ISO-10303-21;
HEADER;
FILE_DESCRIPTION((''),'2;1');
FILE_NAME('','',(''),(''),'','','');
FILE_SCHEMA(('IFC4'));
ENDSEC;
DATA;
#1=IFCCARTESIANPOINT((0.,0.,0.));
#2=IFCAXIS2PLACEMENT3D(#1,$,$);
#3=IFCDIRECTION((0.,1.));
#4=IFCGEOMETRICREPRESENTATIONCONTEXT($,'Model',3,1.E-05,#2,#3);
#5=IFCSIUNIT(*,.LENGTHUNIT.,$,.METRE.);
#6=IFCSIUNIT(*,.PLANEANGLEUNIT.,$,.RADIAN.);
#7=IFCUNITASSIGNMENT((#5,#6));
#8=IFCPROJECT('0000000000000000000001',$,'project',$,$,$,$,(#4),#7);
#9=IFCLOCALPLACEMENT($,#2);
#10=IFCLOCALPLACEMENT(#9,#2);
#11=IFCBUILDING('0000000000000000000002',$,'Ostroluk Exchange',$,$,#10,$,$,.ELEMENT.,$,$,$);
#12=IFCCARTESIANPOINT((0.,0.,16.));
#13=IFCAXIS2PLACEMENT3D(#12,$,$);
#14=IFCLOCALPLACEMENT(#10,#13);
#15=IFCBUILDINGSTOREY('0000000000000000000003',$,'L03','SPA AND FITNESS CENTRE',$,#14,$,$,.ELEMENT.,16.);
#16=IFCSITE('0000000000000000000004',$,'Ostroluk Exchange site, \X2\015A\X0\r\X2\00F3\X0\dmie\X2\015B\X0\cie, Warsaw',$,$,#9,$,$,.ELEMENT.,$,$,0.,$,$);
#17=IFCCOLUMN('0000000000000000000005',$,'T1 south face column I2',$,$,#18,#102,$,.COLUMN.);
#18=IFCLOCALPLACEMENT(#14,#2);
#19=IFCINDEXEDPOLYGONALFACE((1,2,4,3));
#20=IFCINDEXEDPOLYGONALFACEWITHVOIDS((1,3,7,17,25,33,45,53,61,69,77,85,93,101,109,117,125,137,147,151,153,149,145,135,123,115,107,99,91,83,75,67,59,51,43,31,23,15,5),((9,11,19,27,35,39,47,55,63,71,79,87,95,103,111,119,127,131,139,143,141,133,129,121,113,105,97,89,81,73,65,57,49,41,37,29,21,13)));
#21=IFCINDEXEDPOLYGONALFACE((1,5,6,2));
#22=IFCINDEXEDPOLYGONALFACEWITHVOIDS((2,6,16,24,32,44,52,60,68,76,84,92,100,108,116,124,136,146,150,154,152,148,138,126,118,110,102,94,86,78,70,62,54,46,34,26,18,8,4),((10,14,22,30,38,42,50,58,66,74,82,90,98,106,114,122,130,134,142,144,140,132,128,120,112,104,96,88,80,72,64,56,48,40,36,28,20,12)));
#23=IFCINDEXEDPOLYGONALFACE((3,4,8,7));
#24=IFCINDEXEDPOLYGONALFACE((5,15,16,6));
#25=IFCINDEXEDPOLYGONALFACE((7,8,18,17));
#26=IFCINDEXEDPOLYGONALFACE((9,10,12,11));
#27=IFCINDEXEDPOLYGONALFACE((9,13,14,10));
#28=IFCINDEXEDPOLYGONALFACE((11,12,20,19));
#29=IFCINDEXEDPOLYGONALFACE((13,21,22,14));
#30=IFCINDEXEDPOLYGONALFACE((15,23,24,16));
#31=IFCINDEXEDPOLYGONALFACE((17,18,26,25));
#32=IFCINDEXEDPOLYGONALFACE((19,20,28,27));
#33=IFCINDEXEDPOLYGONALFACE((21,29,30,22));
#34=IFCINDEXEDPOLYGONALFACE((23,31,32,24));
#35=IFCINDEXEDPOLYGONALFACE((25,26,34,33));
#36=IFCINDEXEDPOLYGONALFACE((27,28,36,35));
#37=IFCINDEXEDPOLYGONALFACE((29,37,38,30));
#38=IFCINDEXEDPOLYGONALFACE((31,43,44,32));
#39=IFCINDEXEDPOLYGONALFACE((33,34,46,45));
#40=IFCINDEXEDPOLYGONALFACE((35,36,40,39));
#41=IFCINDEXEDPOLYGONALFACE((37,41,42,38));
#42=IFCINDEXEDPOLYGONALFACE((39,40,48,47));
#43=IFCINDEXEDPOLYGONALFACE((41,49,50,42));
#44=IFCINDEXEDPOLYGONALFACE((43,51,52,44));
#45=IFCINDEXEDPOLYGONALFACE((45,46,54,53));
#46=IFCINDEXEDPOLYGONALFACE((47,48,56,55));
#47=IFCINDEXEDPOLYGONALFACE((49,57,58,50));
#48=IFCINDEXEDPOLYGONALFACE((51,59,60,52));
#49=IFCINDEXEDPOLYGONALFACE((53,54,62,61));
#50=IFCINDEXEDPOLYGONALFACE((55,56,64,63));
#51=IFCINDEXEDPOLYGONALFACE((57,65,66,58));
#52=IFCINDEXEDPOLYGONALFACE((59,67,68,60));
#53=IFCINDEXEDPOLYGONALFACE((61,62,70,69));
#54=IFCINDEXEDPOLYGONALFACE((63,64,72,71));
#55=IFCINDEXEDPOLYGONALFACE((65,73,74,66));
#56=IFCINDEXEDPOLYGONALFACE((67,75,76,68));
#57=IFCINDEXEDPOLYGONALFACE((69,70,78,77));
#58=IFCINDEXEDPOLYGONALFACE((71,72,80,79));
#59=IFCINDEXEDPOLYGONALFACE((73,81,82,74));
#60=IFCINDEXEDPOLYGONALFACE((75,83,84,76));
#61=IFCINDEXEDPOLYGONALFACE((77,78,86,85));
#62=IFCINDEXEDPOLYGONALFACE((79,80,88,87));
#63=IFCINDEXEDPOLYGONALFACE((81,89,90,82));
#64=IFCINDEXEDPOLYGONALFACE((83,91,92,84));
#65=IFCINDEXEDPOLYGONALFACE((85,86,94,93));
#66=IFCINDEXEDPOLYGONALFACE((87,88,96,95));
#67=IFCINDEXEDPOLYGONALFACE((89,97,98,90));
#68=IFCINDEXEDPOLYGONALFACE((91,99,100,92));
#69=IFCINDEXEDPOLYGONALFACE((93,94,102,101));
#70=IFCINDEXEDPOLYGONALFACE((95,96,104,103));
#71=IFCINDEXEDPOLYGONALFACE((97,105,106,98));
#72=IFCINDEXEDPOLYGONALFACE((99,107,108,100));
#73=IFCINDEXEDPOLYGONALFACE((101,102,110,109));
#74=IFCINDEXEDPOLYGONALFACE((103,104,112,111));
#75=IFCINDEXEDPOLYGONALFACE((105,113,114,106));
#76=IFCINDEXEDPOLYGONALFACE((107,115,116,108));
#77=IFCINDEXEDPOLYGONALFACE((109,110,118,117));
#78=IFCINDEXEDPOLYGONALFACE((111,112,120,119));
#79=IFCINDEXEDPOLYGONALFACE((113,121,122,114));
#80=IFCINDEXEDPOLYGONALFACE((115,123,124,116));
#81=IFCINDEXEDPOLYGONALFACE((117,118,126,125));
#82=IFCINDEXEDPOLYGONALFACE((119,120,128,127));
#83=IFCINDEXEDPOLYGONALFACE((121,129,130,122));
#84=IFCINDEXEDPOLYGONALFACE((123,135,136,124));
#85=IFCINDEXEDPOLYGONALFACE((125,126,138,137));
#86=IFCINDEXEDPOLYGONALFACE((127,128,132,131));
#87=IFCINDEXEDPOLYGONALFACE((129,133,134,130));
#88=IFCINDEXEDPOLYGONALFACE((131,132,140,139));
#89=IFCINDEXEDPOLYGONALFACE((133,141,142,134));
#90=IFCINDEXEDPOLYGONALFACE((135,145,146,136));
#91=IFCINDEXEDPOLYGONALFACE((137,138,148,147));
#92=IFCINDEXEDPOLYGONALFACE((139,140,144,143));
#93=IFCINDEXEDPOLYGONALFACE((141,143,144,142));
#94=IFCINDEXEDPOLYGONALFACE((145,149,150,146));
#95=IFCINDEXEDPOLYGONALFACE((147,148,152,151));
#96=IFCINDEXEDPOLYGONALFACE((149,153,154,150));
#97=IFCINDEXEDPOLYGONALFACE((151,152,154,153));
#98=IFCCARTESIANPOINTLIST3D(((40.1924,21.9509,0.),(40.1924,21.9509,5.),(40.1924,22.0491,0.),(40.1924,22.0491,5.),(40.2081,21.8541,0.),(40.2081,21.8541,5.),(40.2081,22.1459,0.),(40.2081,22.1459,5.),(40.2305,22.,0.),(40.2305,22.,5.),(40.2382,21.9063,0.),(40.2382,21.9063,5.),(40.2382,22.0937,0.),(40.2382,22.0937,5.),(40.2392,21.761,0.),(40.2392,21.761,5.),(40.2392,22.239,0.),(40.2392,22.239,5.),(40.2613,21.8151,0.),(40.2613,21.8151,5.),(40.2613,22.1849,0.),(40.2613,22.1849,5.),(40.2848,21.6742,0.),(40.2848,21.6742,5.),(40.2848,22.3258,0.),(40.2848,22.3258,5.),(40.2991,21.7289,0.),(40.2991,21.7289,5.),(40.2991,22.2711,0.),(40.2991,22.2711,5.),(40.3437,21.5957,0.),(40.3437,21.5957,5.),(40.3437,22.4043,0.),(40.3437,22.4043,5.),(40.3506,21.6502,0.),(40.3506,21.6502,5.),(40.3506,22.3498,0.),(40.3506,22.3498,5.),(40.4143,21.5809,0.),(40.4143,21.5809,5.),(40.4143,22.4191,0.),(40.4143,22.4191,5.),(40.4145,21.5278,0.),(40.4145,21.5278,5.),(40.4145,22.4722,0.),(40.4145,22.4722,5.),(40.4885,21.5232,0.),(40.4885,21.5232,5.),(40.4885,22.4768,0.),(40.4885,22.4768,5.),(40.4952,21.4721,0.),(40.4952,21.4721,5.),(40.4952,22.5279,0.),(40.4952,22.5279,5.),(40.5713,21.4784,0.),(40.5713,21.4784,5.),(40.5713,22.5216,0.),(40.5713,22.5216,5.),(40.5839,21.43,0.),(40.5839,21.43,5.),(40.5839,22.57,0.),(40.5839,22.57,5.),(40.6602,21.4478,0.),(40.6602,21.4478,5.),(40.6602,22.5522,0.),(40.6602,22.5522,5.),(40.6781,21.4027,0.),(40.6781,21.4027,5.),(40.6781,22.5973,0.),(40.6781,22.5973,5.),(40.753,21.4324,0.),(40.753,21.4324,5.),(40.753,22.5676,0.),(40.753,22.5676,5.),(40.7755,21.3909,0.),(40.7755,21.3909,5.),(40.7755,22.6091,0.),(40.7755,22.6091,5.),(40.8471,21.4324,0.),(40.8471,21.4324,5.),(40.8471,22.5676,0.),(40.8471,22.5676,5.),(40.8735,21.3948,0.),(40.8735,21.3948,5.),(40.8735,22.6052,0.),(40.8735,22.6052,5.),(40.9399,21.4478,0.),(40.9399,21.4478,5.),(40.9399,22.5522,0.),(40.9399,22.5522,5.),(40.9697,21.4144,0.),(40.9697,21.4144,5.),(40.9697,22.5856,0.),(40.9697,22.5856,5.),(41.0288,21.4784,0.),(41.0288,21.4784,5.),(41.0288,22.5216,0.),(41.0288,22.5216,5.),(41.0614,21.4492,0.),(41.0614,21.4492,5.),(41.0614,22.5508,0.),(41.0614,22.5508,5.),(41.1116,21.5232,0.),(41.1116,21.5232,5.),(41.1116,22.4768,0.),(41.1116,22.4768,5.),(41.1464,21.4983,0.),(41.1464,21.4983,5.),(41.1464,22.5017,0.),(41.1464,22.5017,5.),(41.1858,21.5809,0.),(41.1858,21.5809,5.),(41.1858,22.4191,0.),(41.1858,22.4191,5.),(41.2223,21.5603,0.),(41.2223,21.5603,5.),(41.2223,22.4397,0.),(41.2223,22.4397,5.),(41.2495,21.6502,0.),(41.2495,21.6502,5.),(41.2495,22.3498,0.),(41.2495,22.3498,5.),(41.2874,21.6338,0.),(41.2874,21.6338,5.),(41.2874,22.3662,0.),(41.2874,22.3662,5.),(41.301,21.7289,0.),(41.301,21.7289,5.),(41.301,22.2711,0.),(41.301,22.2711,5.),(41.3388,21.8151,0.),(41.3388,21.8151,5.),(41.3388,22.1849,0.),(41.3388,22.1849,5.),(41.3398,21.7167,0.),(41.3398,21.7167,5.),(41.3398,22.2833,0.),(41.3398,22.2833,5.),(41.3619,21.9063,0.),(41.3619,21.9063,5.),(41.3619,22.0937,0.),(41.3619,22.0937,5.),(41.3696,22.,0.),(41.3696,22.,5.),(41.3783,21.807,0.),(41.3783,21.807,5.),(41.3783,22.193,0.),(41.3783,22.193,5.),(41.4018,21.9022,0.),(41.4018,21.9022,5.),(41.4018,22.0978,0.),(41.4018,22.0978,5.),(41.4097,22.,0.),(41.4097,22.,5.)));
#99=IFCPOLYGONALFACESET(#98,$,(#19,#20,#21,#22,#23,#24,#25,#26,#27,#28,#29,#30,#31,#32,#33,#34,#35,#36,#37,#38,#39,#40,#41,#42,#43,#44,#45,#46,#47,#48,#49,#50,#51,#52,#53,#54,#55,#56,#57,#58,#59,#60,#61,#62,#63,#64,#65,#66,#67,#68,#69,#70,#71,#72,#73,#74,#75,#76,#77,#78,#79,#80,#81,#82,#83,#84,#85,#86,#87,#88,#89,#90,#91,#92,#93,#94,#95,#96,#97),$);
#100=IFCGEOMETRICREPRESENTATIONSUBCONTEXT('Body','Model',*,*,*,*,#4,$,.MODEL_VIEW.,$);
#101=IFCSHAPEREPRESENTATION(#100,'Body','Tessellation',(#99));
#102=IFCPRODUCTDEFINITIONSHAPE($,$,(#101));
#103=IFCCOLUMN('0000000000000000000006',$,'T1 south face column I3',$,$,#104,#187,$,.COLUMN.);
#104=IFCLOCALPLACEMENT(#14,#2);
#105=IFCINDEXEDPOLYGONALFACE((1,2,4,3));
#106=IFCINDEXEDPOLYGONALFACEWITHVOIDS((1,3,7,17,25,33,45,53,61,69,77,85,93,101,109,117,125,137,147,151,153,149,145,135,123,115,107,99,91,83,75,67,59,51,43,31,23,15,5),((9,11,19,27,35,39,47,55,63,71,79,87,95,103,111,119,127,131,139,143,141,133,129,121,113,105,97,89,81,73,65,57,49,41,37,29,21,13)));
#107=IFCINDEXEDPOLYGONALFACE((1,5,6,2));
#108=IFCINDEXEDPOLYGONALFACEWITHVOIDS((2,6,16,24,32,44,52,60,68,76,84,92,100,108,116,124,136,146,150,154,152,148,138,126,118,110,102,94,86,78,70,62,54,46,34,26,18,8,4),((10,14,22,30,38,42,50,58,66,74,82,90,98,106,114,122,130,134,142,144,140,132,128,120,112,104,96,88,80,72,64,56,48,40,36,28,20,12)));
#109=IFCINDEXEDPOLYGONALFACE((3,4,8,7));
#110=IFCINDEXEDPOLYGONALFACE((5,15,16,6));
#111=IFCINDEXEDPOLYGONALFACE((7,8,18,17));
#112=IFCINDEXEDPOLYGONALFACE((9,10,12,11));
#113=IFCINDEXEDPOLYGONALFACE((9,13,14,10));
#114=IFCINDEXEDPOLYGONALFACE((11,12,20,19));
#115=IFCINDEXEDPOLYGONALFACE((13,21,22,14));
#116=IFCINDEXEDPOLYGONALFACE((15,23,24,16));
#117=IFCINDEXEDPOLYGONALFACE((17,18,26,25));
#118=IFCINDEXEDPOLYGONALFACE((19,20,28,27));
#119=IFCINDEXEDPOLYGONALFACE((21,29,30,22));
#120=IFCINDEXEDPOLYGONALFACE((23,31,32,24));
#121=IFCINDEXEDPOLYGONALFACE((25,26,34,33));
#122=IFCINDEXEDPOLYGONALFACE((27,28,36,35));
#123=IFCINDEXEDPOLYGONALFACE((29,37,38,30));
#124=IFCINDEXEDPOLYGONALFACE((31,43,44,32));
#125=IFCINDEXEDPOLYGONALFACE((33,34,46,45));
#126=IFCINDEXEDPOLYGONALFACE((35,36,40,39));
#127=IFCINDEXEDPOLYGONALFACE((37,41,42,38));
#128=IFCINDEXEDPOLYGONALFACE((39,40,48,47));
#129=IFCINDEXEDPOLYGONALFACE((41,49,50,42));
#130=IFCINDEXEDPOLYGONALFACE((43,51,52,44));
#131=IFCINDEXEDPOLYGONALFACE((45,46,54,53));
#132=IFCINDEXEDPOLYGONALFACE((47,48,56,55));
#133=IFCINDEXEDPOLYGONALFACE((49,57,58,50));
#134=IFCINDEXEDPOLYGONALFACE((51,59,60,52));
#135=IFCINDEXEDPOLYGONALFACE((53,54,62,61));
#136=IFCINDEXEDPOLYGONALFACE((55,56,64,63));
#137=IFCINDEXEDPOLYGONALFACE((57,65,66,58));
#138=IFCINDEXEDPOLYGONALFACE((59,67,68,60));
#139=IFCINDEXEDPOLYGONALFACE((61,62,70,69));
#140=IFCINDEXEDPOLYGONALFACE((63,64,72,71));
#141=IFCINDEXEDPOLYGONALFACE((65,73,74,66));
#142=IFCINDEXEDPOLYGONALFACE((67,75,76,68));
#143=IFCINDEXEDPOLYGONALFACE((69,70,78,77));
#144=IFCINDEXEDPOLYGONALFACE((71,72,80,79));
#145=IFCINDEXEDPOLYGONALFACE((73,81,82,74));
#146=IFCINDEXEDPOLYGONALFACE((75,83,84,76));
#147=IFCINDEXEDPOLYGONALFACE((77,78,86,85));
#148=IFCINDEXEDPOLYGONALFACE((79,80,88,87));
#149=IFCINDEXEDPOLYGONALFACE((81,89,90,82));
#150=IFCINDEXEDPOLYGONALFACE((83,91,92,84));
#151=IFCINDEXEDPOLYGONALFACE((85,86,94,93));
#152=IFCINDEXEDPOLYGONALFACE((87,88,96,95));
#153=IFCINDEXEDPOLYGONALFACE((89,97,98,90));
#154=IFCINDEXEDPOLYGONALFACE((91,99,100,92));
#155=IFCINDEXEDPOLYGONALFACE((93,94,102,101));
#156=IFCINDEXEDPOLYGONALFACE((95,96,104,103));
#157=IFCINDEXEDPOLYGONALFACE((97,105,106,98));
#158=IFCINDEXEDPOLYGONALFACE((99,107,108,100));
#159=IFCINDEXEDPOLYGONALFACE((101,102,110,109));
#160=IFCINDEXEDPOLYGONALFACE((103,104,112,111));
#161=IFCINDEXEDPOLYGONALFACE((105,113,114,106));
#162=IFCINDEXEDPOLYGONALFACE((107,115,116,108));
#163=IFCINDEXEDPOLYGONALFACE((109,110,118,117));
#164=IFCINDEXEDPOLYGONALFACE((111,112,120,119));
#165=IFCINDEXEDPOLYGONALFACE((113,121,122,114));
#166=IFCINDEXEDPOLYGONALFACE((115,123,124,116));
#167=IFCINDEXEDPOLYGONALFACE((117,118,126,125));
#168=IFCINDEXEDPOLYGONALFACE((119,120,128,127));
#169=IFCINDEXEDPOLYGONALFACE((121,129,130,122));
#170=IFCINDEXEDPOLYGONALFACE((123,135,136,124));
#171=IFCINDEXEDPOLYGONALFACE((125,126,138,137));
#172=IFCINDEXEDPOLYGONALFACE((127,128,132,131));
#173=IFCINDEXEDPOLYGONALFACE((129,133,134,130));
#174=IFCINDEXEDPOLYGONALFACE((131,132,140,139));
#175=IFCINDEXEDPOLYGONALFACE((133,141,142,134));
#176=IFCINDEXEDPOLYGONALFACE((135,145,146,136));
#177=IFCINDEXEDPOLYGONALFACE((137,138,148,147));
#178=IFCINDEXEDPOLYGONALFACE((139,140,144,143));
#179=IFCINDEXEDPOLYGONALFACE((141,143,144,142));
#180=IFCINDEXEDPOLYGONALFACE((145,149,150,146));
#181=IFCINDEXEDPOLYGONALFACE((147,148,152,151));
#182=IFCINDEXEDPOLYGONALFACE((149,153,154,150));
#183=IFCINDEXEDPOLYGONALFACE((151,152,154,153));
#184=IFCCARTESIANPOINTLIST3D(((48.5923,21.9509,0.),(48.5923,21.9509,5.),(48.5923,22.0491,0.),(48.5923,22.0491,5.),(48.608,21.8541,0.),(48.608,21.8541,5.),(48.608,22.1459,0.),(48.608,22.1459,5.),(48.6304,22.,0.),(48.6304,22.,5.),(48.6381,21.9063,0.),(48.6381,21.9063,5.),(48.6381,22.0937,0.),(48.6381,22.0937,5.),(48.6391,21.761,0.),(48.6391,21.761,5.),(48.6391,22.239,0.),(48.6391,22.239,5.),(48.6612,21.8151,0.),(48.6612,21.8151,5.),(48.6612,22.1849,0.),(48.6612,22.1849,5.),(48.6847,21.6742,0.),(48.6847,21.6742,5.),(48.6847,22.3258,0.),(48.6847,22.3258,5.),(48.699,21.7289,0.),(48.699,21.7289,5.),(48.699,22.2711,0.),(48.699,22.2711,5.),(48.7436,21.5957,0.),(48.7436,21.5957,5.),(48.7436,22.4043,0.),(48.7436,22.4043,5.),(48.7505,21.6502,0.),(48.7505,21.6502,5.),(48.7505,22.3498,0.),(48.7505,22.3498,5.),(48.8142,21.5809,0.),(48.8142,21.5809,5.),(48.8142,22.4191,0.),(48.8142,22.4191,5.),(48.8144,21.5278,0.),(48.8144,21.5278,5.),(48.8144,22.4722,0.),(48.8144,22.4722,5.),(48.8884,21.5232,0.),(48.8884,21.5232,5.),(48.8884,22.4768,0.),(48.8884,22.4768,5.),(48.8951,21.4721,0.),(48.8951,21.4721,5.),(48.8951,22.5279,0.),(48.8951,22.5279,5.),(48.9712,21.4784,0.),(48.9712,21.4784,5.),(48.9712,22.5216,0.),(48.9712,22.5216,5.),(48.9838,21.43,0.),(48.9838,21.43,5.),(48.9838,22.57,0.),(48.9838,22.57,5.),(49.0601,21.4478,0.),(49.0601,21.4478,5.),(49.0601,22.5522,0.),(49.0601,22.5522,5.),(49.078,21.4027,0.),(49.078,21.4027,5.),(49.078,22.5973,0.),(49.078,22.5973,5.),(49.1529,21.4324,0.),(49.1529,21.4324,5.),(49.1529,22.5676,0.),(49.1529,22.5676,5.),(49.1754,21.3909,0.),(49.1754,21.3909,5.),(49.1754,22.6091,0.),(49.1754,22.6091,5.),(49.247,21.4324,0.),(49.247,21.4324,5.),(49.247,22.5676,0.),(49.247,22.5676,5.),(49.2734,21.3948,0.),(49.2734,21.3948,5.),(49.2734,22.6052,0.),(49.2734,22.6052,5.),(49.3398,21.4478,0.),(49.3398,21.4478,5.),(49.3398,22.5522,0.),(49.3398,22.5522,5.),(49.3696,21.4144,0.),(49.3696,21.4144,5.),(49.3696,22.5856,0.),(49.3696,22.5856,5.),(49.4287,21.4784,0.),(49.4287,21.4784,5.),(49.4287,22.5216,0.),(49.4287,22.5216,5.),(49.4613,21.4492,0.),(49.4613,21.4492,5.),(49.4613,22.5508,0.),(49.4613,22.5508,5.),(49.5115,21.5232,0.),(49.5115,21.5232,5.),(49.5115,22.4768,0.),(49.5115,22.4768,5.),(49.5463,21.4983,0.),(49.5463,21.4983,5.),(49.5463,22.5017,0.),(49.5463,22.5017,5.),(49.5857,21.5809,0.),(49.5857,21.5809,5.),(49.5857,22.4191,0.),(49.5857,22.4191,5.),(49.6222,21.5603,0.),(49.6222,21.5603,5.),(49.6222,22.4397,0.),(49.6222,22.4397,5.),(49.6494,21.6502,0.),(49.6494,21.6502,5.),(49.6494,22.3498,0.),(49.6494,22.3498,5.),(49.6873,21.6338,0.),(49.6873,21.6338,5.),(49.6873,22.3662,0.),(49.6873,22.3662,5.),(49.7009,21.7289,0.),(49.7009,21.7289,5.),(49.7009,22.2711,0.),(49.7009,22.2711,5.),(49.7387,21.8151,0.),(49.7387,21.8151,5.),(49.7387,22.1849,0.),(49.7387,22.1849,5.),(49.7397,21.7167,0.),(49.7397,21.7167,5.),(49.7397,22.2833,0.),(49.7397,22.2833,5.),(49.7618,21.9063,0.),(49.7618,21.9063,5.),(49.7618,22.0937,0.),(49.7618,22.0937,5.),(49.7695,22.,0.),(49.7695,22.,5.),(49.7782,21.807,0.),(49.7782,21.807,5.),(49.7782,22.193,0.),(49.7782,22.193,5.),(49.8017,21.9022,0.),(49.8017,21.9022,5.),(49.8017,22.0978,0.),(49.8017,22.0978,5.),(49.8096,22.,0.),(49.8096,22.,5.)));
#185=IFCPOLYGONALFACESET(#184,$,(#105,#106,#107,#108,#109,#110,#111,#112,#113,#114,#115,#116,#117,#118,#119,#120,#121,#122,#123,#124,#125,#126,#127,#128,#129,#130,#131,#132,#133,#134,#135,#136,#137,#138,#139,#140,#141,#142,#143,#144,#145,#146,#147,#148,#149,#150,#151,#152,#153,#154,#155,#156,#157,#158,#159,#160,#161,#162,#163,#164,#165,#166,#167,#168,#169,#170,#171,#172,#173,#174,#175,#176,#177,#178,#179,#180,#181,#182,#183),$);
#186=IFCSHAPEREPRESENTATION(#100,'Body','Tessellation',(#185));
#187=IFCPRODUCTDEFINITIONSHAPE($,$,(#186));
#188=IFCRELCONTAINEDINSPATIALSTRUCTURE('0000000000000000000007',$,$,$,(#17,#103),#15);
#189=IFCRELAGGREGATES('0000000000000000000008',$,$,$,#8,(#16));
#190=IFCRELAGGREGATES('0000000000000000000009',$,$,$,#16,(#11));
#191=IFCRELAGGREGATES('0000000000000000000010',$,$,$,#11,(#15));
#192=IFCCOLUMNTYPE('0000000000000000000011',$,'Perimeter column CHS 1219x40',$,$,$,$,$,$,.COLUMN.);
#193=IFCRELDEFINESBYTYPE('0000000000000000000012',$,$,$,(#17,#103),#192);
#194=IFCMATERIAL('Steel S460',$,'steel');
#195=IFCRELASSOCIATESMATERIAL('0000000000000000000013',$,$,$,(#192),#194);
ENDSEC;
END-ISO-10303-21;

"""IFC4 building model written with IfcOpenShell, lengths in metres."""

from ifc_helpers import new_model, si_unit, direction, frame, origin, origin_2d, place, context, subcontext, project, spatial, hollow_circle, extrude, material, material_profile, profile_set, type_object, element, save


model = new_model("IFC4")

# Units and contexts
model_context = context("Model", 3, precision=1e-05, world=origin(), true_north=direction((0.0, 1.0)))
body_context = subcontext(model_context, "Body", "Model", "MODEL_VIEW")
ifc_project = project(units=[si_unit("LENGTHUNIT", "METRE"), si_unit("PLANEANGLEUNIT", "RADIAN")], contexts=[model_context])

# Site, building, storey
site_placement = place(None, origin())
site = spatial("IfcSite", under=ifc_project, at=site_placement, Name="Ostroluk Exchange site, Śródmieście, Warsaw", CompositionType="ELEMENT", RefElevation=0.0)
building_placement = place(site_placement, origin())
building = spatial("IfcBuilding", under=site, at=building_placement, Name="Ostroluk Exchange", CompositionType="ELEMENT")
storey_placement = place(building_placement, frame((0.0, 0.0, 16.0)))
storey = spatial("IfcBuildingStorey", under=building, at=storey_placement, Name="L03", Description="SPA AND FITNESS CENTRE", CompositionType="ELEMENT", Elevation=16.0)

# Columns
ifc_material_1 = material(Name="Steel S460", Category="steel")
ifc_material_profile_1 = material_profile(ifc_material_1, hollow_circle(Radius=0.6096, WallThickness=0.04, at=origin_2d()), Name="CHS 1219x40")
ifc_profile_set_1 = profile_set([ifc_material_profile_1], Name="Steel S460")
column_type = type_object("IfcColumnType", Name="Perimeter column CHS 1219x40", PredefinedType="COLUMN", material=ifc_profile_set_1)
for number, where, z_axis, x_axis, name in (
    (1, (40.8, 22.0, 0.0), (0.0, 0.0, 1.0), (1.0, 0.0, 0.0), "T1 south face column I2"),
    (2, (49.2, 22.0, 0.0), (0.0, 0.0, 1.0), (1.0, 0.0, 0.0), "T1 south face column I3"),
):
    element("IfcColumn", number, at=place(storey_placement, frame(where, z_axis=z_axis, x_axis=x_axis)), inside=storey, type_object=column_type, Name=name, PredefinedType="COLUMN", context=body_context, shape_type="SweptSolid", body=[
        extrude(hollow_circle(Radius=0.6096, WallThickness=0.04, at=origin_2d()), origin(), (0.0, 0.0, 1.0), 5.0),
    ])

save(model, "model.ifc")
